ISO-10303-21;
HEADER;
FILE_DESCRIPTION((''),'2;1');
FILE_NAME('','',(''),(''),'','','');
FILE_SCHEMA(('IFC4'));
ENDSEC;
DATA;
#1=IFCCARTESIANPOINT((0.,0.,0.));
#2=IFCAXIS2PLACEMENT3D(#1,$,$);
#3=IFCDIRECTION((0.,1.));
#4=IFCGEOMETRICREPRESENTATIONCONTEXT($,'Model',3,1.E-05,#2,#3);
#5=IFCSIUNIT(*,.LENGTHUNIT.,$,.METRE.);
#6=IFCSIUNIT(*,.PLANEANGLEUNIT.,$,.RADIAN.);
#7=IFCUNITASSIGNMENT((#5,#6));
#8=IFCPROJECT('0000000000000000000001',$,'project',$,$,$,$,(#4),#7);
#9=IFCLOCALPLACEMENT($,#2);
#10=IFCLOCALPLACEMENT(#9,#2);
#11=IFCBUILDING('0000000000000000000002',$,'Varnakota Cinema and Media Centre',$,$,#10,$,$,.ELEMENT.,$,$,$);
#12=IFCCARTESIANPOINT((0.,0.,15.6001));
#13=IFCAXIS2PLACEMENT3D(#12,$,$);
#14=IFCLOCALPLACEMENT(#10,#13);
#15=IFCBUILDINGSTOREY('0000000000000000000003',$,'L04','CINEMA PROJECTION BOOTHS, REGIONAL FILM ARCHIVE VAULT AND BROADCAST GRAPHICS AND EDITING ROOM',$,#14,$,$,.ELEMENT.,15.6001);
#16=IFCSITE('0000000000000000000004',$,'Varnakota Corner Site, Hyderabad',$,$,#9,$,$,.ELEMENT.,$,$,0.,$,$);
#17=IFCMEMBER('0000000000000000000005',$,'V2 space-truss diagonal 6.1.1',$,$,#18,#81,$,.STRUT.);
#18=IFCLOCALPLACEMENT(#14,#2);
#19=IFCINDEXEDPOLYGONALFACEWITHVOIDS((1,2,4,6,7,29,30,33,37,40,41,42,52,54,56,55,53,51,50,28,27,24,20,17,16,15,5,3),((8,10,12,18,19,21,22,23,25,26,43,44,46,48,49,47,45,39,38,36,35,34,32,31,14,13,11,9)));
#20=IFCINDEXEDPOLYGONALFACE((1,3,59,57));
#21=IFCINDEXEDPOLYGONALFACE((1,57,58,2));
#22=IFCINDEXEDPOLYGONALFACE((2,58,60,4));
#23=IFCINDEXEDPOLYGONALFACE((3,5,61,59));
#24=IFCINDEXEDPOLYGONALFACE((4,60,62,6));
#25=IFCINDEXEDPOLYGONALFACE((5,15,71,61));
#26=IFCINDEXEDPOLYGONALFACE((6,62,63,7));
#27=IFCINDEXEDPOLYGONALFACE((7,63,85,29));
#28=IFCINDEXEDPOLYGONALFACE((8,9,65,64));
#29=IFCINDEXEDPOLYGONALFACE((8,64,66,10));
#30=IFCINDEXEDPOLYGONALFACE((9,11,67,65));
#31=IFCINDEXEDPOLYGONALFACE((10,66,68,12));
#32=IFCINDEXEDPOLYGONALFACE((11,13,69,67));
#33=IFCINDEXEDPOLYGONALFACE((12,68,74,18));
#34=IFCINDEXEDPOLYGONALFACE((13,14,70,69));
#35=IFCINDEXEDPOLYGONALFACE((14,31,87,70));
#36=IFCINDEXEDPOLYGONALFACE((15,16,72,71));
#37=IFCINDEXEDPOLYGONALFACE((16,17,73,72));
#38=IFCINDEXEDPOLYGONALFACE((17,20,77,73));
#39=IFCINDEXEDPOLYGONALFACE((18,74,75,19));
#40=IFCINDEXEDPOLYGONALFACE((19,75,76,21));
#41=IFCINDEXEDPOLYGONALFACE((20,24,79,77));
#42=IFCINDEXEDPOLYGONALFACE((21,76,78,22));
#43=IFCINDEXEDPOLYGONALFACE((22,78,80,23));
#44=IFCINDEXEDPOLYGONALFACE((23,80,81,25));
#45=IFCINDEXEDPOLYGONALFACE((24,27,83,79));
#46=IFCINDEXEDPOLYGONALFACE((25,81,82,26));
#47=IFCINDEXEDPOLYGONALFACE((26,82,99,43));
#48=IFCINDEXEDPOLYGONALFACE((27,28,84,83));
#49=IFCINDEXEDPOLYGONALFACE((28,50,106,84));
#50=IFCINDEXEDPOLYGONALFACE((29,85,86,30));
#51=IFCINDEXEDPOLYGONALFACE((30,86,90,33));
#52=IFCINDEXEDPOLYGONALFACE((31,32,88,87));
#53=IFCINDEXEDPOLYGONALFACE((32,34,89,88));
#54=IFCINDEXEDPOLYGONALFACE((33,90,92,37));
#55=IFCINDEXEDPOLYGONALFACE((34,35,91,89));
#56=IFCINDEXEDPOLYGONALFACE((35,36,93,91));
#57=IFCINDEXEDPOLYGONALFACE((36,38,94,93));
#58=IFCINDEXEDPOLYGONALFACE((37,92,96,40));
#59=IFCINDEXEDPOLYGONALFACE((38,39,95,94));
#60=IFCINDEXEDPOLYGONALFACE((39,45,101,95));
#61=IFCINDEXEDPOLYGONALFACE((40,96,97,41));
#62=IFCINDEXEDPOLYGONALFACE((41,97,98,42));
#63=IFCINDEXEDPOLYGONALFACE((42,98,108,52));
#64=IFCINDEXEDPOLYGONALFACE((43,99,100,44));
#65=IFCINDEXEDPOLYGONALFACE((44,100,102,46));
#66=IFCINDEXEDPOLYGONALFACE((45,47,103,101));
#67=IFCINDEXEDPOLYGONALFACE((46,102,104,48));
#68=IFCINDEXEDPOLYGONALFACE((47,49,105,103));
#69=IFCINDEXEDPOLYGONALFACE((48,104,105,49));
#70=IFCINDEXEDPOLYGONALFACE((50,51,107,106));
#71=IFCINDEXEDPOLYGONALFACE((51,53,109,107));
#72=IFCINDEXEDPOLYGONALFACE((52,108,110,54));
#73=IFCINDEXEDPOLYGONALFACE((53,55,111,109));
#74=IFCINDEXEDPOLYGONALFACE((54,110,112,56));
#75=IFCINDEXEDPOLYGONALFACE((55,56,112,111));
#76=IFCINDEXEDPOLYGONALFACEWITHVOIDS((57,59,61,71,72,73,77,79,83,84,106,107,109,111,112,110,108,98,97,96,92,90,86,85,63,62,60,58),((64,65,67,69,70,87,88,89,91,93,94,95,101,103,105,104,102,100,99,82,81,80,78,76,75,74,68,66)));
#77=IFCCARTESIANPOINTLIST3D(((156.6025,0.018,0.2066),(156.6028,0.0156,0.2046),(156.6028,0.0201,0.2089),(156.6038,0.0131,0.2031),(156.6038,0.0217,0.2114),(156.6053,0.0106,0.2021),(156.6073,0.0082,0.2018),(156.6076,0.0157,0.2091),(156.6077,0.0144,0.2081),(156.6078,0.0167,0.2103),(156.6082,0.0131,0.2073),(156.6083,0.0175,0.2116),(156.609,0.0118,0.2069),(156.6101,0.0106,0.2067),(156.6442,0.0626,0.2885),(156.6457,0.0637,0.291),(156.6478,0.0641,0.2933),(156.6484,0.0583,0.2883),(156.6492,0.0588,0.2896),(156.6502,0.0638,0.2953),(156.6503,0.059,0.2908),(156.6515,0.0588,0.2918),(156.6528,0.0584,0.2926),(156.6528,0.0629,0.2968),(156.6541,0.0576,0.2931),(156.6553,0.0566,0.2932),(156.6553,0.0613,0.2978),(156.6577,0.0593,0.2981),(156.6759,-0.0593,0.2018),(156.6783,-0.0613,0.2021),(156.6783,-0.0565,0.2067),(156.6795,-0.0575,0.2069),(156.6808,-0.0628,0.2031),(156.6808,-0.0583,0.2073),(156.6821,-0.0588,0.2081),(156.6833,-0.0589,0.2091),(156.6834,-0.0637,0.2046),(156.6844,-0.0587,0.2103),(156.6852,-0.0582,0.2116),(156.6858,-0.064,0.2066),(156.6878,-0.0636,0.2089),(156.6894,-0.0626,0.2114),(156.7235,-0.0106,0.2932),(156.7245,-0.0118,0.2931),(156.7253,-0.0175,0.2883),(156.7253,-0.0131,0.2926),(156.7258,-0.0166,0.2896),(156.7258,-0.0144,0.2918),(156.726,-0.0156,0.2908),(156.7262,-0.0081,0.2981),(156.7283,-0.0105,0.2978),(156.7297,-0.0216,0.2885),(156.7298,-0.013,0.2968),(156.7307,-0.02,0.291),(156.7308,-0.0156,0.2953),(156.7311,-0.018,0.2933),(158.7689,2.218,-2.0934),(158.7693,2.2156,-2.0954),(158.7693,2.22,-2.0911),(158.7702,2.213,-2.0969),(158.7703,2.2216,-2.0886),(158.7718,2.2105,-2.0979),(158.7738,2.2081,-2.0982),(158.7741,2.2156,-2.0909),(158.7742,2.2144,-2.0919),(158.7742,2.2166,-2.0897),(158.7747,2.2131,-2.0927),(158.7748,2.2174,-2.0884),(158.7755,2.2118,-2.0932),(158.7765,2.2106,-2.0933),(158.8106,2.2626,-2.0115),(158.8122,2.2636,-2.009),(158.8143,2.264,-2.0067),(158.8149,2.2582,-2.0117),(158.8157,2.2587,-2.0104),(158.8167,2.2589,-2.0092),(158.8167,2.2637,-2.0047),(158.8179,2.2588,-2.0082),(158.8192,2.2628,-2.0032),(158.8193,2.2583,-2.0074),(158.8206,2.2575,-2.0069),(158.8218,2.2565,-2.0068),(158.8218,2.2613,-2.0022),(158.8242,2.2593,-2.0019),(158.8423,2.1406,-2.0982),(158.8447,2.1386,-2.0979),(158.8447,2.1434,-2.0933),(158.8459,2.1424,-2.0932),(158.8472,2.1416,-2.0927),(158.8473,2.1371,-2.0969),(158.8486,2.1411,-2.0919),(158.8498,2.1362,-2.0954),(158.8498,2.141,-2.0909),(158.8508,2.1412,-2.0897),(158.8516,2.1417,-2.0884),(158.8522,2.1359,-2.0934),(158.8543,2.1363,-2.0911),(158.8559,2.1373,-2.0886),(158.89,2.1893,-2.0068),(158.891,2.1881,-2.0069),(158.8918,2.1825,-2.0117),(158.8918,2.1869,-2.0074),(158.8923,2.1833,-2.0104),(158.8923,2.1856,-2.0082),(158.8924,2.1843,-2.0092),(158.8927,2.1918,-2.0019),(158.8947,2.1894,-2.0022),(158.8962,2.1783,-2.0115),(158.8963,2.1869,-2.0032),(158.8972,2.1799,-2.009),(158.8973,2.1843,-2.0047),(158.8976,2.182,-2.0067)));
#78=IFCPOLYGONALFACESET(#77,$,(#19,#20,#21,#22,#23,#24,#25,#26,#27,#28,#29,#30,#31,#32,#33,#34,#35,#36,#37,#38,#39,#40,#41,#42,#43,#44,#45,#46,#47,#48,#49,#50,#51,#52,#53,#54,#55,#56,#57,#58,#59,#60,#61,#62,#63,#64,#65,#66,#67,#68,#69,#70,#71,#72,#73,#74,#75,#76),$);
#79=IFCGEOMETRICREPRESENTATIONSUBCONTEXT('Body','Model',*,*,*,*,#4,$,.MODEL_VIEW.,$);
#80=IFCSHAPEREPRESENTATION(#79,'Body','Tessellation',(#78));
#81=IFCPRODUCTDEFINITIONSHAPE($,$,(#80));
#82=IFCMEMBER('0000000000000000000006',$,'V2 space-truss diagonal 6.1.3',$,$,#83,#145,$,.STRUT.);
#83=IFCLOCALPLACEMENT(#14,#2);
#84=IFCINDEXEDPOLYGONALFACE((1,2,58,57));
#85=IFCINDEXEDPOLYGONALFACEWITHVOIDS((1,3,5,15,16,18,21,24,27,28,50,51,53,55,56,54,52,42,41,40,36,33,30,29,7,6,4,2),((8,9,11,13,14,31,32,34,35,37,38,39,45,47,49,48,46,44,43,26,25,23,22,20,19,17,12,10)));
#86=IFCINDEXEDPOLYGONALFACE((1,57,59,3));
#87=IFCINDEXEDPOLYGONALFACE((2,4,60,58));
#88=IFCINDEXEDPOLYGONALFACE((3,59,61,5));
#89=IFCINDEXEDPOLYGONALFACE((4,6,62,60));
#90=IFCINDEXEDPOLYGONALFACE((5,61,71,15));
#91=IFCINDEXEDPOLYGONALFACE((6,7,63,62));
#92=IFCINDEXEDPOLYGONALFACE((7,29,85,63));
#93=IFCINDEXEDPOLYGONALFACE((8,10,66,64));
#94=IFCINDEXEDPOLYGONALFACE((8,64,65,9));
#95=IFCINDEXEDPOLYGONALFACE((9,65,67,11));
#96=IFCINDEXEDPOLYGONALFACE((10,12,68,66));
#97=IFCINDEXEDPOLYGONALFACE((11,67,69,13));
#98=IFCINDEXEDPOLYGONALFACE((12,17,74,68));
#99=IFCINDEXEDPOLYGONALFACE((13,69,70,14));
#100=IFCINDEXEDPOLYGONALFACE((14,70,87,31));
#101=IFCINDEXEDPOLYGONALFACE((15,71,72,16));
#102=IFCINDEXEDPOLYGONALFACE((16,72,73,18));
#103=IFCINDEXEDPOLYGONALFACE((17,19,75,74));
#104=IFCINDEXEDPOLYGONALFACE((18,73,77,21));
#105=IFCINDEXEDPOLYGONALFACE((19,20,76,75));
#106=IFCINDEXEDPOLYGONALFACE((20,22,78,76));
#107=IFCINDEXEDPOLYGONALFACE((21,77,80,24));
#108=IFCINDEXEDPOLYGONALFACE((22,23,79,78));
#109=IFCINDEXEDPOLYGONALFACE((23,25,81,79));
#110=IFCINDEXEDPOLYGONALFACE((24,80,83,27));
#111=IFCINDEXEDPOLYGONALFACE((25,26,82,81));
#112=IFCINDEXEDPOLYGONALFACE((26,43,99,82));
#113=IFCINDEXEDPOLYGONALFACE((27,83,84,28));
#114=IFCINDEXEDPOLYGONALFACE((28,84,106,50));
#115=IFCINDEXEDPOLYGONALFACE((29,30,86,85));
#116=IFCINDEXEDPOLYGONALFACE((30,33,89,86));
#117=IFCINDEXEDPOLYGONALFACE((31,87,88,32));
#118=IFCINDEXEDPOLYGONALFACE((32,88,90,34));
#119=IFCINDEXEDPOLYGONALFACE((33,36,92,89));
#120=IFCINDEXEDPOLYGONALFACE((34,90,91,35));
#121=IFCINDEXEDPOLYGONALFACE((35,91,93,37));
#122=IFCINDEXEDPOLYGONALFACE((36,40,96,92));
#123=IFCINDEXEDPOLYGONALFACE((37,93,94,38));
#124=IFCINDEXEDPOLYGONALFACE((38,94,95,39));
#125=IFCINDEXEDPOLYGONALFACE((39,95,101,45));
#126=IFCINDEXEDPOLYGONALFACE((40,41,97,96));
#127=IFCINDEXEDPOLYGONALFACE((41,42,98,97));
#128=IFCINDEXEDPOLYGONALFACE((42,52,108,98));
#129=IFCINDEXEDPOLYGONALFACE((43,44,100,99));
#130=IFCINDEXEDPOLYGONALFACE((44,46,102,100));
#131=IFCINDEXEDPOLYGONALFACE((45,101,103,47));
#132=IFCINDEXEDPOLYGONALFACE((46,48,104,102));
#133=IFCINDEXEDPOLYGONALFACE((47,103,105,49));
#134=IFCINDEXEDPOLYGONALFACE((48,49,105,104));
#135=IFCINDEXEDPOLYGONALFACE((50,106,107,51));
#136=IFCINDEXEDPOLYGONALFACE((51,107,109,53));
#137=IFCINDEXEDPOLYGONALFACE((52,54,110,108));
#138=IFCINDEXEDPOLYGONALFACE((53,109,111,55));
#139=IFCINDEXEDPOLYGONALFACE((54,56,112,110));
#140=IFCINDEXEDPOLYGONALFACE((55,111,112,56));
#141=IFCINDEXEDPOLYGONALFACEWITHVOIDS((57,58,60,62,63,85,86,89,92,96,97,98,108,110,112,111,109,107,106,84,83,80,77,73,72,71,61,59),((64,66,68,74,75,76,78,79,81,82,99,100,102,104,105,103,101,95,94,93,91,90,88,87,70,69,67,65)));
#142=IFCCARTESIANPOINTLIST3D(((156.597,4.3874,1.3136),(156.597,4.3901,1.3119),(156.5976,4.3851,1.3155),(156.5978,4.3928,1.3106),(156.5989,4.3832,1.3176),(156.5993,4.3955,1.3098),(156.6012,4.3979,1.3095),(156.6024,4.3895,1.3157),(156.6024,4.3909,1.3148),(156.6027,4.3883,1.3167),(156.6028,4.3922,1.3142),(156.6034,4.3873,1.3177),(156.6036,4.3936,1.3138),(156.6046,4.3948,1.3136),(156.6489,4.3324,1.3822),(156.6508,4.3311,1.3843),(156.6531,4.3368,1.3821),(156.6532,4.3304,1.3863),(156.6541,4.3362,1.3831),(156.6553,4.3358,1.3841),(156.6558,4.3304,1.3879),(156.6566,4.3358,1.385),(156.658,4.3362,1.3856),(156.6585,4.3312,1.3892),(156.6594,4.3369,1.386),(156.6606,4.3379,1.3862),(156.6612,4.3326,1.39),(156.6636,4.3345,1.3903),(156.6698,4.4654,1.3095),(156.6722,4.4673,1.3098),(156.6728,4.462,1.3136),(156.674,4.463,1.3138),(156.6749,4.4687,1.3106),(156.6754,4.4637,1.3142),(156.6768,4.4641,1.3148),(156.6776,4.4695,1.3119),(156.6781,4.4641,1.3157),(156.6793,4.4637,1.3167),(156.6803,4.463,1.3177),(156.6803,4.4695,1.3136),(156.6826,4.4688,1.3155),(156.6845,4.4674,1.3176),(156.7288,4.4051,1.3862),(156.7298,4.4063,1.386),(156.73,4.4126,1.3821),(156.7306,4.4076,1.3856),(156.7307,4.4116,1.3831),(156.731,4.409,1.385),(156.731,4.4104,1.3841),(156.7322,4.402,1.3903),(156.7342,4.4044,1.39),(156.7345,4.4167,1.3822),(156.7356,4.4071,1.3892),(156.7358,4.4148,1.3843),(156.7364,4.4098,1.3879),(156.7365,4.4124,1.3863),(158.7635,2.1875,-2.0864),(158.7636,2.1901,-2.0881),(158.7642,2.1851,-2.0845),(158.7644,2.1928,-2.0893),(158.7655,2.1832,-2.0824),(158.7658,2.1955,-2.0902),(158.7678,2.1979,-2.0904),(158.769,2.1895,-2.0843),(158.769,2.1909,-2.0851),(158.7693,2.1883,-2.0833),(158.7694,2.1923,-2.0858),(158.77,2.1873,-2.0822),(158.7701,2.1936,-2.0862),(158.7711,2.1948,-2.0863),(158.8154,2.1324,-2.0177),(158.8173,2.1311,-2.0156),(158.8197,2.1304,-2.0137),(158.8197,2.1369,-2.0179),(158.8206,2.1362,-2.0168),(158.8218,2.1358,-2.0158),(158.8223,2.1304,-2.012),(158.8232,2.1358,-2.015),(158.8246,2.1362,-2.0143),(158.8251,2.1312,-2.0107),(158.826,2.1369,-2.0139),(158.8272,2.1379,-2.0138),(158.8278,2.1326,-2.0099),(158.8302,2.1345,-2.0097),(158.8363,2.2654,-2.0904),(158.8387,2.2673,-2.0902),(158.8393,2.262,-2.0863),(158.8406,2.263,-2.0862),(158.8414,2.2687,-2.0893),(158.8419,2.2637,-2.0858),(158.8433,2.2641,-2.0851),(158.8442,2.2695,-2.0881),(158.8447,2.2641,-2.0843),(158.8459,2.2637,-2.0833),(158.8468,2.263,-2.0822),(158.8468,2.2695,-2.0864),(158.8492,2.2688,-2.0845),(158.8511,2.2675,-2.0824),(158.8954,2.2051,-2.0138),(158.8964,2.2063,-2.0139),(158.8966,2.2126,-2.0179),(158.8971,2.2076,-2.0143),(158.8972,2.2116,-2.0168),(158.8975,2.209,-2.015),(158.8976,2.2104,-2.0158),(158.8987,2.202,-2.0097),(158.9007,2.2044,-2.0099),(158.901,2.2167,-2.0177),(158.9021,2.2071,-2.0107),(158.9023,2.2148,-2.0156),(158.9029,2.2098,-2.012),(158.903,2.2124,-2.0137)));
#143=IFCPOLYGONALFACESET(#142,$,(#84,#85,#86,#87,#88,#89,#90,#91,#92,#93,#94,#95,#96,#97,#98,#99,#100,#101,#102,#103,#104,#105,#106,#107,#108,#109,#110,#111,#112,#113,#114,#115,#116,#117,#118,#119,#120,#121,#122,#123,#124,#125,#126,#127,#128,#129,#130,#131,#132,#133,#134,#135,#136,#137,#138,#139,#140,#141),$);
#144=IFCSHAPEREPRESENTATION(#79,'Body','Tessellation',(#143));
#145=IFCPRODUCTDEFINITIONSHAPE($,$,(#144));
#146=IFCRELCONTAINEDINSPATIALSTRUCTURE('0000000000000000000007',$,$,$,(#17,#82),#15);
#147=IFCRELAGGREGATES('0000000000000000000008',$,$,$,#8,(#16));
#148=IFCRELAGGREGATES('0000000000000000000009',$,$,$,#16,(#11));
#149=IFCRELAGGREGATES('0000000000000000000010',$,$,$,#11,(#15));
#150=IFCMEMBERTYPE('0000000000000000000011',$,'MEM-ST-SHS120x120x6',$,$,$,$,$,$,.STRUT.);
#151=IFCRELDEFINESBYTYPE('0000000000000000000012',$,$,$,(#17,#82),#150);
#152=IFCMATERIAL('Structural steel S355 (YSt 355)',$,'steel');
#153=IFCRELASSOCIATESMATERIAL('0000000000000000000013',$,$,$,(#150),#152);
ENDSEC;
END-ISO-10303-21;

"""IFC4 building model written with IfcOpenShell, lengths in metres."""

from ifc_helpers import new_model, si_unit, direction, frame, origin, origin_2d, place, context, subcontext, project, spatial, hollow_rectangle, extrude, material, material_profile, profile_set, type_object, element, save


model = new_model("IFC4")

# Units and contexts
model_context = context("Model", 3, precision=1e-05, world=origin(), true_north=direction((0.0, 1.0)))
body_context = subcontext(model_context, "Body", "Model", "MODEL_VIEW")
ifc_project = project(units=[si_unit("LENGTHUNIT", "METRE"), si_unit("PLANEANGLEUNIT", "RADIAN")], contexts=[model_context])

# Site, building, storey
site_placement = place(None, origin())
site = spatial("IfcSite", under=ifc_project, at=site_placement, Name="Varnakota Corner Site, Hyderabad", CompositionType="ELEMENT", RefElevation=0.0)
building_placement = place(site_placement, origin())
building = spatial("IfcBuilding", under=site, at=building_placement, Name="Varnakota Cinema and Media Centre", CompositionType="ELEMENT")
storey_placement = place(building_placement, frame((0.0, 0.0, 15.6001)))
storey = spatial("IfcBuildingStorey", under=building, at=storey_placement, Name="L04", Description="CINEMA PROJECTION BOOTHS, REGIONAL FILM ARCHIVE VAULT AND BROADCAST GRAPHICS AND EDITING ROOM", CompositionType="ELEMENT", Elevation=15.6001)

# Members
ifc_material_1 = material(Name="Structural steel S355 (YSt 355)", Category="steel")
ifc_material_profile_1 = material_profile(ifc_material_1, hollow_rectangle(XDim=0.1201, YDim=0.1201, WallThickness=0.0061, InnerFilletRadius=0.0061, OuterFilletRadius=0.012, at=origin_2d()), Name="SHS 120x120x6")
ifc_profile_set_1 = profile_set([ifc_material_profile_1], Name="Structural steel S355 (YSt 355)")
member_type_1 = type_object("IfcMemberType", Name="MEM-ST-SHS120x120x6", PredefinedType="STRUT", material=ifc_profile_set_1)
member_1_placement = place(storey_placement, frame((158.8333, 2.2, -2.05), z_axis=(-0.562705, -0.571392, 0.59739), x_axis=(0.712502, -0.70167, 0.0)))
element("IfcMember", 1, at=member_1_placement, inside=storey, type_object=member_type_1, Name="V2 space-truss diagonal 6.1.1", PredefinedType="STRUT", context=body_context, shape_type="SweptSolid", body=[
    extrude(hollow_rectangle(XDim=0.1201, YDim=0.1201, WallThickness=0.0061, InnerFilletRadius=0.0061, OuterFilletRadius=0.012, at=origin_2d()), origin(), (0.0, 0.0, 1.0), 3.8501),
])
member_2_placement = place(storey_placement, frame((158.8333, 2.2, -2.05), z_axis=(-0.471728, 0.479011, 0.740285), x_axis=(-0.712502, -0.70167, 0.0)))
element("IfcMember", 2, at=member_2_placement, inside=storey, type_object=member_type_1, Name="V2 space-truss diagonal 6.1.3", PredefinedType="STRUT", context=body_context, shape_type="SweptSolid", body=[
    extrude(hollow_rectangle(XDim=0.1201, YDim=0.1201, WallThickness=0.0061, InnerFilletRadius=0.0061, OuterFilletRadius=0.012, at=origin_2d()), origin(), (0.0, 0.0, 1.0), 4.5928),
])

save(model, "model.ifc")
